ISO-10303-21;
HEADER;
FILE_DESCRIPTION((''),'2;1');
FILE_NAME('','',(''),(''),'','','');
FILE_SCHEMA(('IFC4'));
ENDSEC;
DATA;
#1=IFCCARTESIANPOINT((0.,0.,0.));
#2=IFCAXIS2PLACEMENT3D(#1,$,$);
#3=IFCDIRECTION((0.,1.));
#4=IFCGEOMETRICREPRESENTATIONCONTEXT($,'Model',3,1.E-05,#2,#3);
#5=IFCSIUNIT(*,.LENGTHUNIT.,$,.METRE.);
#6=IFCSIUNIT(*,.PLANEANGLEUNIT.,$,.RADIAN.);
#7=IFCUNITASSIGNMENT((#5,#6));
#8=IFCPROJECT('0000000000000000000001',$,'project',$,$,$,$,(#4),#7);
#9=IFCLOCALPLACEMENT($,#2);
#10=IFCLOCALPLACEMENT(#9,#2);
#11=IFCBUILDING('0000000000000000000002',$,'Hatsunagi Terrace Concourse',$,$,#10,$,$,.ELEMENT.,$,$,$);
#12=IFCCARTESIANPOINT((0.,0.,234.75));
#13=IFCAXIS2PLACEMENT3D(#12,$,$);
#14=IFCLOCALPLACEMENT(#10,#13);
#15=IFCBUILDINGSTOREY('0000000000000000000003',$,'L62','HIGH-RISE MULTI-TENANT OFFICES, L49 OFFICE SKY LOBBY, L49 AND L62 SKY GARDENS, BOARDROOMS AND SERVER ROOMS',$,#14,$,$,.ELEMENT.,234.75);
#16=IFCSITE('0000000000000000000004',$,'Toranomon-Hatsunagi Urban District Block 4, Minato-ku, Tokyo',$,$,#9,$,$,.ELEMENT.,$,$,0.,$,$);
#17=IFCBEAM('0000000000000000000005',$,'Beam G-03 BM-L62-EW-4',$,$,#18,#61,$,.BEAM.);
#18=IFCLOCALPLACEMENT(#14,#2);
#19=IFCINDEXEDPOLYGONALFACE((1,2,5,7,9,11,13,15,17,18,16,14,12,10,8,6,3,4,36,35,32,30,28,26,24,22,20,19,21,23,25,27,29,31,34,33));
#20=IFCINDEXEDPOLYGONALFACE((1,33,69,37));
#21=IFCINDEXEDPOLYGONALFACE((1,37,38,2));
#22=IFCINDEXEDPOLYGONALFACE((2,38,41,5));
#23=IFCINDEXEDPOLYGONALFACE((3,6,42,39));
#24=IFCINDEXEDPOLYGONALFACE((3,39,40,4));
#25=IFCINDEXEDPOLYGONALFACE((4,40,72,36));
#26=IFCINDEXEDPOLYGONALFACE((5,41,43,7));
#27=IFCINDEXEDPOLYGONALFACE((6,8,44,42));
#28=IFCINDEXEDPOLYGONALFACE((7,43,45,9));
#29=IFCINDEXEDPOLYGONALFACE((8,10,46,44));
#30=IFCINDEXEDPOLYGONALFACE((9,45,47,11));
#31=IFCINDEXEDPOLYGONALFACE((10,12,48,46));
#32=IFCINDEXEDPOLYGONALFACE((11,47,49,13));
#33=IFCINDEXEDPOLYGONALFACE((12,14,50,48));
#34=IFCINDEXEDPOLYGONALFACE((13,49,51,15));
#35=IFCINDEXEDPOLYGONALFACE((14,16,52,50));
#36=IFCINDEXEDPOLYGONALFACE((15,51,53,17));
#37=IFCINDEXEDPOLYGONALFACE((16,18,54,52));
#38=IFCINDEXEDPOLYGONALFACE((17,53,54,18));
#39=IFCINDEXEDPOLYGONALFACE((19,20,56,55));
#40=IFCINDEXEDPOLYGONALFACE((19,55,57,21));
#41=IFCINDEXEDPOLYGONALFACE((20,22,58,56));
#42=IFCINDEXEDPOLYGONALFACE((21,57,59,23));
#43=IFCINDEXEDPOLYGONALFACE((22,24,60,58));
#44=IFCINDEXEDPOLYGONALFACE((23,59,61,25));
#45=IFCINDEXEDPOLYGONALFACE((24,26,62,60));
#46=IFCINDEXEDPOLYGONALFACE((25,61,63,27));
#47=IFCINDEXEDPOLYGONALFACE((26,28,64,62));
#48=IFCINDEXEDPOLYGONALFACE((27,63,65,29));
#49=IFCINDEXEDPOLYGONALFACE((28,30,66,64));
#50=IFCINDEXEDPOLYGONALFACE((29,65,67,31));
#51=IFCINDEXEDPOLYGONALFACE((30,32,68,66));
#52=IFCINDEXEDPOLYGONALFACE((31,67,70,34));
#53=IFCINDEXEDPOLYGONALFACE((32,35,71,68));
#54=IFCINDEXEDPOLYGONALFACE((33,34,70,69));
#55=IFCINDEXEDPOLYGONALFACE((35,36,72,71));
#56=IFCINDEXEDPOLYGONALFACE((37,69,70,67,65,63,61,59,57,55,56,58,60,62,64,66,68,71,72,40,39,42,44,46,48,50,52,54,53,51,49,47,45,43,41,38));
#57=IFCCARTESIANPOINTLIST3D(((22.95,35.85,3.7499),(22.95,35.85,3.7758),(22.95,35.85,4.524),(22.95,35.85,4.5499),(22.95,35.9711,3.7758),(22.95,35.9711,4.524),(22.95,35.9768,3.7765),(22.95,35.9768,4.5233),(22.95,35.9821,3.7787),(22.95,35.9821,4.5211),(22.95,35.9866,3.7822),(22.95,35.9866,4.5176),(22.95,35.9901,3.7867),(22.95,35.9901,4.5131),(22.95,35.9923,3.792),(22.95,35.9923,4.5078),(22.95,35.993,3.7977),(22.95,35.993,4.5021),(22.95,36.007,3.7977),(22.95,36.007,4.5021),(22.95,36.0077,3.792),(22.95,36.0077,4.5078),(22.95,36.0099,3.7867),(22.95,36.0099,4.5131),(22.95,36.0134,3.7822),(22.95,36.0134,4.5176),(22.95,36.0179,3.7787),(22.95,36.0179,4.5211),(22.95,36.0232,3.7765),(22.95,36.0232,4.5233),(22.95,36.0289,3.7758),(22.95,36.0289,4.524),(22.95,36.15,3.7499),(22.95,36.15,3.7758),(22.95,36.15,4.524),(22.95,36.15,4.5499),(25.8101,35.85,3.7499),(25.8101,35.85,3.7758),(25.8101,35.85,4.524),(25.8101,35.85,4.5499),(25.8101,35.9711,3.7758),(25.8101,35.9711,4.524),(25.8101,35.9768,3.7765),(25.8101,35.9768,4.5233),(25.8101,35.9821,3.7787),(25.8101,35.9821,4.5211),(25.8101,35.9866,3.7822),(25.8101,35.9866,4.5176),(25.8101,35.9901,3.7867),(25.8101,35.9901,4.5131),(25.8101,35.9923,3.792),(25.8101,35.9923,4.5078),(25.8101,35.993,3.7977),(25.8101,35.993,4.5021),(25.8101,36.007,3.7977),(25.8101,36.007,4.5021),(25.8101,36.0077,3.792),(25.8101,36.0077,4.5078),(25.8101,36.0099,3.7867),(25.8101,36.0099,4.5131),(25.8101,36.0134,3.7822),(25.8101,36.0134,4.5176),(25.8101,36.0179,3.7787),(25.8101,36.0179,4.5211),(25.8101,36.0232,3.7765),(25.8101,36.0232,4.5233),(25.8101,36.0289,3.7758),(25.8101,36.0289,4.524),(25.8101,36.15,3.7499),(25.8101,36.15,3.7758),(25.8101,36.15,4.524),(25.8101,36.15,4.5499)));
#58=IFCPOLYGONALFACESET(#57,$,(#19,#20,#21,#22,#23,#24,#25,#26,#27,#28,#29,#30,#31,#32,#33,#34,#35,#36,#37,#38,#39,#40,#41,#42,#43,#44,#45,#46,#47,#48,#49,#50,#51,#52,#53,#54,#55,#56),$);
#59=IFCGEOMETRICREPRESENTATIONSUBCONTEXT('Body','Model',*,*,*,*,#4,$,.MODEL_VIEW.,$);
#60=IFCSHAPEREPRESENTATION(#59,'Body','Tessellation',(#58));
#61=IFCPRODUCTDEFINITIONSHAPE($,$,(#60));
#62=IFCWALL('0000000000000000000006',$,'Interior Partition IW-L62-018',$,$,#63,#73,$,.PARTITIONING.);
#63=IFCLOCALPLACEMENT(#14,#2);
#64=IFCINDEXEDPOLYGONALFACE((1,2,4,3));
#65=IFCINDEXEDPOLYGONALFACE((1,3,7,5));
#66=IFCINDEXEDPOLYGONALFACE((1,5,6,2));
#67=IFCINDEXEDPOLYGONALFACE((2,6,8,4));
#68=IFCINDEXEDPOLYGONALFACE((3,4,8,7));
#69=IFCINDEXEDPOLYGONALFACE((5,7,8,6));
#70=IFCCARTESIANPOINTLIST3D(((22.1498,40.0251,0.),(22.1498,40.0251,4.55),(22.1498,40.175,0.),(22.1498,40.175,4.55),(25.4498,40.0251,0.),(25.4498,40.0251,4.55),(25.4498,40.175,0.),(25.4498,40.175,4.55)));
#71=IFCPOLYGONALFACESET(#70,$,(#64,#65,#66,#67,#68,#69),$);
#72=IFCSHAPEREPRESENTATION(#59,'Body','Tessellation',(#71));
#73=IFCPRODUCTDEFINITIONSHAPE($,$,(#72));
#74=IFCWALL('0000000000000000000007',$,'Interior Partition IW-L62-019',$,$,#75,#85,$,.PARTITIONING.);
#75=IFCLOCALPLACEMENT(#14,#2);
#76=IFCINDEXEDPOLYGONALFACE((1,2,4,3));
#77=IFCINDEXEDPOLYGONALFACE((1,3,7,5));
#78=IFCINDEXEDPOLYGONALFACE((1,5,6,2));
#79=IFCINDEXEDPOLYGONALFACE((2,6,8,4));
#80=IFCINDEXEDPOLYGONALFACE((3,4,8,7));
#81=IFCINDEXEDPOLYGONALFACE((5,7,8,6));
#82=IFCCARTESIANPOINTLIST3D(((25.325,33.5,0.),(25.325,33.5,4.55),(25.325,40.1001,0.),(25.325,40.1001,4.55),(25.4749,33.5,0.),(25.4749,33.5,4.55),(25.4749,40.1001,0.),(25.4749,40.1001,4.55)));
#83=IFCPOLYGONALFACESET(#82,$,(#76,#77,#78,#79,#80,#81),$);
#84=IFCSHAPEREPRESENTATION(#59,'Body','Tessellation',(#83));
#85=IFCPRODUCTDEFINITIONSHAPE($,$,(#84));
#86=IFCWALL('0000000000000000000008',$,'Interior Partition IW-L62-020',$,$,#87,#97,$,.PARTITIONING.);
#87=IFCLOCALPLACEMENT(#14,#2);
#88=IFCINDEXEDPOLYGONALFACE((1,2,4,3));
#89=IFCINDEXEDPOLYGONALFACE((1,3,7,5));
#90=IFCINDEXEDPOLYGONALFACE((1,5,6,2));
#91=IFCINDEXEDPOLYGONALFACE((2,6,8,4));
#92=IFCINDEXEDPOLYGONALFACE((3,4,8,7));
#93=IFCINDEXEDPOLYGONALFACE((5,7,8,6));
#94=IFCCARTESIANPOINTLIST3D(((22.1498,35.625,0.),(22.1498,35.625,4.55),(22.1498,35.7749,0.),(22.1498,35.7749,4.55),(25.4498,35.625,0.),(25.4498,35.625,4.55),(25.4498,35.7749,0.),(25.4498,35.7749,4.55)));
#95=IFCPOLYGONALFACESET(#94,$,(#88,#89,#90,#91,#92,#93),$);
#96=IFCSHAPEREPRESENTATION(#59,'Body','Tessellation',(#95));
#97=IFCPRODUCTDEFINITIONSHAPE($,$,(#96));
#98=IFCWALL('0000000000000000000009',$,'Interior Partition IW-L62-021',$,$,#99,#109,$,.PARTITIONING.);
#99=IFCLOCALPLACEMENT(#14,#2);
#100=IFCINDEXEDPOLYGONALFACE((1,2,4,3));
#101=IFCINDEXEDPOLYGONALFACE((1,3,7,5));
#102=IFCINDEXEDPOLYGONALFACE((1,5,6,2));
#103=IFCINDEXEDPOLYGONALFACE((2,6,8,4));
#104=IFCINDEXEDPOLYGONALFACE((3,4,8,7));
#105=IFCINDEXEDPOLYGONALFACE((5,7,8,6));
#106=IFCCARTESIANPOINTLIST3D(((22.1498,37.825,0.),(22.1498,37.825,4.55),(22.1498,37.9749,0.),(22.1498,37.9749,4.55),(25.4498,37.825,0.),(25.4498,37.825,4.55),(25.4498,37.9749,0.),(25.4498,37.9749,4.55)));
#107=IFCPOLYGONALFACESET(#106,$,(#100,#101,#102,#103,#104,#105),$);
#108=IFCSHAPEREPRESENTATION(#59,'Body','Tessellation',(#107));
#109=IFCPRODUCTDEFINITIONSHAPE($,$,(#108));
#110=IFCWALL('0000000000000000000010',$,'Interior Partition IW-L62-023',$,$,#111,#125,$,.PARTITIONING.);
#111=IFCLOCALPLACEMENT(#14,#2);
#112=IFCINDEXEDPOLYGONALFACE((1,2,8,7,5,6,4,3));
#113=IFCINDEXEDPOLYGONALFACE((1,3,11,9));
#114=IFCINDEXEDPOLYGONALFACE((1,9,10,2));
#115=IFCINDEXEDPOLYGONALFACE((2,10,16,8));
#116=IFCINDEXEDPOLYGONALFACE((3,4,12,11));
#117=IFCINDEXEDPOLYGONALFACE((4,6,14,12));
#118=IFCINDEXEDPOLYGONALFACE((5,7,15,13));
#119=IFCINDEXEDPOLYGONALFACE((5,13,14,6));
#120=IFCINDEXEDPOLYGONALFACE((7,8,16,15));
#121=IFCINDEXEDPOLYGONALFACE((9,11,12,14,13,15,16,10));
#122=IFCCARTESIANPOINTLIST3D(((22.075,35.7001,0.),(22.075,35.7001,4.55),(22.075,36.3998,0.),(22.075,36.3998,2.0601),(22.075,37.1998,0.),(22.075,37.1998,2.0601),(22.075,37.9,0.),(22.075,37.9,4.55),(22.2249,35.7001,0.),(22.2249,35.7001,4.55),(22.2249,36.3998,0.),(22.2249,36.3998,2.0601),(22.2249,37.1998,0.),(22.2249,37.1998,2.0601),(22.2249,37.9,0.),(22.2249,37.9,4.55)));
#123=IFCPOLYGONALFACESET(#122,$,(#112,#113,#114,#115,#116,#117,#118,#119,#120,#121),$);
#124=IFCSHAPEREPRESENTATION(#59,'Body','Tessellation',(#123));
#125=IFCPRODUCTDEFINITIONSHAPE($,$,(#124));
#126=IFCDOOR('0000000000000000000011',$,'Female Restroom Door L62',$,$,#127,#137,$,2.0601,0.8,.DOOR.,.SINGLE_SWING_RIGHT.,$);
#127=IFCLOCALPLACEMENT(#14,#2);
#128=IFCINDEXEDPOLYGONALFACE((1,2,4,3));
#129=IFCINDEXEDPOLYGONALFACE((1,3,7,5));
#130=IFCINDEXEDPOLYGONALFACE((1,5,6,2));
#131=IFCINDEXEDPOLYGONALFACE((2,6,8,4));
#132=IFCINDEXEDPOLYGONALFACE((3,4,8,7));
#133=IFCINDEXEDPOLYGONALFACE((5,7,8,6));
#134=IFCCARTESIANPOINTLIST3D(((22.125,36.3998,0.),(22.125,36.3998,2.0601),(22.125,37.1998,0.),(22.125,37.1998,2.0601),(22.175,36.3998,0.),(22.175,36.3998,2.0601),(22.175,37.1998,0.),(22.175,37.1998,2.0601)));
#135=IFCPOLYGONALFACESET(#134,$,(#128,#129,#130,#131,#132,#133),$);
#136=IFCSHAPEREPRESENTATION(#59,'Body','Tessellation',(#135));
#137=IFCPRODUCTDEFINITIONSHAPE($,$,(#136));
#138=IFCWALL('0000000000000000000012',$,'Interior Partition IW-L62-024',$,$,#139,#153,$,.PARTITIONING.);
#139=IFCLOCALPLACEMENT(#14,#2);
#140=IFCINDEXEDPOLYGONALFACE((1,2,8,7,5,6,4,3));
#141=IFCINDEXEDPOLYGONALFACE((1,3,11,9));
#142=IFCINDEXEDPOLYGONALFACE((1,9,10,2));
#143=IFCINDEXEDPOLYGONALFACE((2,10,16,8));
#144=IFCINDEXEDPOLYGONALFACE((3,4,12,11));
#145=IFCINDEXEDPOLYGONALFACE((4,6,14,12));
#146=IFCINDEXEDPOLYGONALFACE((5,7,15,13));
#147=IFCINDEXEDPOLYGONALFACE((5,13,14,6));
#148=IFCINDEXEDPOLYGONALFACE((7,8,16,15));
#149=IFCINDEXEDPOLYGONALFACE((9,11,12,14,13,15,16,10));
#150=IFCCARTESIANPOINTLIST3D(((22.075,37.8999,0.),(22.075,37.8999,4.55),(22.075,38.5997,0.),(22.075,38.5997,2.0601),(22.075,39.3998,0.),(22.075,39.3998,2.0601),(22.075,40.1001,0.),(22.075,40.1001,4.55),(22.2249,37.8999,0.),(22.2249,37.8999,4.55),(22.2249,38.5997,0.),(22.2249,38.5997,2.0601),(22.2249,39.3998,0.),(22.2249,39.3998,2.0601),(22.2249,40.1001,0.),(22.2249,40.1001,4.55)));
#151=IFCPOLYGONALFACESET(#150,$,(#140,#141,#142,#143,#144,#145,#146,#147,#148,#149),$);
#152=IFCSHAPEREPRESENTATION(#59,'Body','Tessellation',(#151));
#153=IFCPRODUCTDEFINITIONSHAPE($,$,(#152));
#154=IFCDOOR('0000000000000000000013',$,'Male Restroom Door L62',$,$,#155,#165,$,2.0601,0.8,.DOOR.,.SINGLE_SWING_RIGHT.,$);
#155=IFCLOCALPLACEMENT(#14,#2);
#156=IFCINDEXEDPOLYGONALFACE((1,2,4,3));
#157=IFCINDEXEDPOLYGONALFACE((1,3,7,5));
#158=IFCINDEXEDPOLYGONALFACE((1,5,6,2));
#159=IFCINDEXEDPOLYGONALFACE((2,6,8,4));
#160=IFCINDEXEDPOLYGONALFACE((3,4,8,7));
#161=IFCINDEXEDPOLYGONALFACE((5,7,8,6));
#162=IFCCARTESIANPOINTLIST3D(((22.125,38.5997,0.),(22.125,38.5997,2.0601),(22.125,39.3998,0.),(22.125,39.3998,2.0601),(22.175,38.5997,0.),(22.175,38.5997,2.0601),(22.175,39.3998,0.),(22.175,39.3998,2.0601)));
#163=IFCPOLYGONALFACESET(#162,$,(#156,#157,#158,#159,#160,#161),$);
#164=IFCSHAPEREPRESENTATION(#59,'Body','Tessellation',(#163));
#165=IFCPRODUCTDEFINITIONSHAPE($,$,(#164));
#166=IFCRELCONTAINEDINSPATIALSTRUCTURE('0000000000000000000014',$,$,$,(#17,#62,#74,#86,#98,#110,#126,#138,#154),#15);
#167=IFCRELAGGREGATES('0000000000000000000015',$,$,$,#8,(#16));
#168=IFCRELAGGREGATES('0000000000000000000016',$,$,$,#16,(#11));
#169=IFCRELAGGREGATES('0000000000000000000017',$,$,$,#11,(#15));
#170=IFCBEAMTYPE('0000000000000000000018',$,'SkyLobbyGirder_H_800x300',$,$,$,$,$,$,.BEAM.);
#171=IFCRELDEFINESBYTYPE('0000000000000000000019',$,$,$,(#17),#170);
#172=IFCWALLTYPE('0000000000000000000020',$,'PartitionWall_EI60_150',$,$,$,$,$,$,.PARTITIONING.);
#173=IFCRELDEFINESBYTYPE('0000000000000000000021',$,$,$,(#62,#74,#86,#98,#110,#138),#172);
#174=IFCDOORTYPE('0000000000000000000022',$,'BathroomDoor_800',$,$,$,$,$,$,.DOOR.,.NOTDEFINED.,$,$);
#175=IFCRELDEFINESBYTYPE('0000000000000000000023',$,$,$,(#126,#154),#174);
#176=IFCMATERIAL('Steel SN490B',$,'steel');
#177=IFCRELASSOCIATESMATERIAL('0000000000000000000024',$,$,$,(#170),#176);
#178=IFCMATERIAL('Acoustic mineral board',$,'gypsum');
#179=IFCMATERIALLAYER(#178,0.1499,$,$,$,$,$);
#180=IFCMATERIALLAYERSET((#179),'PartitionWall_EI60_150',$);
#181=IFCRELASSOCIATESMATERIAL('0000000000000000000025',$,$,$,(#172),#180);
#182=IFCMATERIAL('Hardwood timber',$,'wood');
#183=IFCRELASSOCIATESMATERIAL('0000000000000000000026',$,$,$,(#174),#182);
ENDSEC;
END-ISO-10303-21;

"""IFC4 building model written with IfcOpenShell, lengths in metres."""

from ifc_helpers import new_model, si_unit, direction, frame, frame_2d, origin, origin_2d, place, context, subcontext, project, spatial, rectangle, i_section, extrude, material, layer, layer_set, material_profile, profile_set, type_object, element, fill, save


model = new_model("IFC4")

# Units and contexts
model_context = context("Model", 3, precision=1e-05, world=origin(), true_north=direction((0.0, 1.0)))
body_context = subcontext(model_context, "Body", "Model", "MODEL_VIEW")
ifc_project = project(units=[si_unit("LENGTHUNIT", "METRE"), si_unit("PLANEANGLEUNIT", "RADIAN")], contexts=[model_context])

# Site, building, storey
site_placement = place(None, origin())
site = spatial("IfcSite", under=ifc_project, at=site_placement, Name="Toranomon-Hatsunagi Urban District Block 4, Minato-ku, Tokyo", CompositionType="ELEMENT", RefElevation=0.0)
building_placement = place(site_placement, origin())
building = spatial("IfcBuilding", under=site, at=building_placement, Name="Hatsunagi Terrace Concourse", CompositionType="ELEMENT")
storey_placement = place(building_placement, frame((0.0, 0.0, 234.75)))
storey = spatial("IfcBuildingStorey", under=building, at=storey_placement, Name="L62", Description="HIGH-RISE MULTI-TENANT OFFICES, L49 OFFICE SKY LOBBY, L49 AND L62 SKY GARDENS, BOARDROOMS AND SERVER ROOMS", CompositionType="ELEMENT", Elevation=234.75)

# Beam
ifc_material_1 = material(Name="Steel SN490B", Category="steel")
ifc_material_profile = material_profile(ifc_material_1, i_section(OverallWidth=0.3, OverallDepth=0.8, WebThickness=0.0139, FlangeThickness=0.0259, FilletRadius=0.022, at=origin_2d()), Name="H-800x300x14x26")
ifc_profile_set = profile_set([ifc_material_profile], Name="Steel SN490B")
beam_type = type_object("IfcBeamType", Name="SkyLobbyGirder_H_800x300", PredefinedType="BEAM", material=ifc_profile_set)
beam_placement = place(storey_placement, frame((22.95, 36.0, 4.1499), z_axis=(1.0, 0.0, 0.0), x_axis=(0.0, 1.0, 0.0)))
element("IfcBeam", 1, at=beam_placement, inside=storey, type_object=beam_type, Name="Beam G-03 BM-L62-EW-4", PredefinedType="BEAM", context=body_context, shape_type="SweptSolid", body=[
    extrude(i_section(OverallWidth=0.3, OverallDepth=0.8, WebThickness=0.0139, FlangeThickness=0.0259, FilletRadius=0.022, at=origin_2d()), origin(), (0.0, 0.0, 1.0), 2.8601),
])

# Walls
ifc_material_2 = material(Name="Acoustic mineral board", Category="gypsum")
ifc_layer_1 = layer(ifc_material_2, 0.1499)
ifc_layer_set_1 = layer_set([ifc_layer_1], Name="PartitionWall_EI60_150")
wall_type_1 = type_object("IfcWallType", Name="PartitionWall_EI60_150", PredefinedType="PARTITIONING", material=ifc_layer_set_1)
wall_1_placement = place(storey_placement, frame((22.1499, 40.1001, 0.0), z_axis=(0.0, 0.0, 1.0), x_axis=(1.0, 0.0, 0.0)))
element("IfcWall", 2, at=wall_1_placement, inside=storey, type_object=wall_type_1, Name="Interior Partition IW-L62-018", PredefinedType="PARTITIONING", context=body_context, shape_type="SweptSolid", body=[
    extrude(rectangle(XDim=3.3, YDim=0.1499, at=frame_2d((1.6499, 0.0))), origin(), (0.0, 0.0, 1.0), 4.55),
])
wall_2_placement = place(storey_placement, frame((25.3999, 33.5, 0.0), z_axis=(0.0, 0.0, 1.0), x_axis=(0.0, 1.0, 0.0)))
element("IfcWall", 3, at=wall_2_placement, inside=storey, type_object=wall_type_1, Name="Interior Partition IW-L62-019", PredefinedType="PARTITIONING", context=body_context, shape_type="SweptSolid", body=[
    extrude(rectangle(XDim=6.6001, YDim=0.1499, at=frame_2d((3.3, 0.0))), origin(), (0.0, 0.0, 1.0), 4.55),
])
for number, where, z_axis, x_axis, name in (
    (4, (22.1499, 35.7, 0.0), (0.0, 0.0, 1.0), (1.0, 0.0, 0.0), "Interior Partition IW-L62-020"),
    (5, (22.1499, 37.8999, 0.0), (0.0, 0.0, 1.0), (1.0, 0.0, 0.0), "Interior Partition IW-L62-021"),
):
    element("IfcWall", number, at=place(storey_placement, frame(where, z_axis=z_axis, x_axis=x_axis)), inside=storey, type_object=wall_type_1, Name=name, PredefinedType="PARTITIONING", context=body_context, shape_type="SweptSolid", body=[
        extrude(rectangle(XDim=3.3, YDim=0.1499, at=frame_2d((1.6499, 0.0))), origin(), (0.0, 0.0, 1.0), 4.55),
    ])

# Walls, openings, doors
wall_3_placement = place(storey_placement, frame((22.1499, 35.7, 0.0), z_axis=(0.0, 0.0, 1.0), x_axis=(0.0, 1.0, 0.0)))
wall_3 = element("IfcWall", 6, at=wall_3_placement, inside=storey, type_object=wall_type_1, Name="Interior Partition IW-L62-023", PredefinedType="PARTITIONING", context=body_context, shape_type="SweptSolid", body=[
    extrude(rectangle(XDim=2.2, YDim=0.1499, at=frame_2d((1.1001, 0.0))), origin(), (0.0, 0.0, 1.0), 4.55),
])
opening_1_placement = place(wall_3_placement, frame((0.7, 0.0, 0.0)))
opening_1 = element("IfcOpeningElement", 7, at=opening_1_placement, cuts=wall_3, PredefinedType="OPENING", context=body_context, shape_type="SweptSolid", body=[
    extrude(rectangle(XDim=0.8, YDim=2.0601, at=frame_2d((0.3999, 1.03))), frame((0.0, 0.085, 0.0), z_axis=(0.0, -1.0, 0.0), x_axis=(1.0, 0.0, 0.0)), (0.0, 0.0, 1.0), 0.1699),
])
ifc_material_3 = material(Name="Hardwood timber", Category="wood")
door_type_1 = type_object("IfcDoorType", Name="BathroomDoor_800", OperationType="NOTDEFINED", PredefinedType="DOOR", material=ifc_material_3)
door_1_placement = place(opening_1_placement, origin())
door_1 = element("IfcDoor", 8, at=door_1_placement, inside=storey, type_object=door_type_1, Name="Female Restroom Door L62", OperationType="SINGLE_SWING_RIGHT", OverallHeight=2.0601, OverallWidth=0.8, PredefinedType="DOOR", context=body_context, shape_type="SweptSolid", body=[
    extrude(rectangle(XDim=0.8, YDim=2.0601, at=frame_2d((0.3999, 1.03))), frame((0.0, 0.0249, 0.0), z_axis=(0.0, -1.0, 0.0), x_axis=(1.0, 0.0, 0.0)), (0.0, 0.0, 1.0), 0.05),
])
fill(opening_1, door_1)
wall_4_placement = place(storey_placement, frame((22.1499, 37.8999, 0.0), z_axis=(0.0, 0.0, 1.0), x_axis=(0.0, 1.0, 0.0)))
wall_4 = element("IfcWall", 9, at=wall_4_placement, inside=storey, type_object=wall_type_1, Name="Interior Partition IW-L62-024", PredefinedType="PARTITIONING", context=body_context, shape_type="SweptSolid", body=[
    extrude(rectangle(XDim=2.2002, YDim=0.1499, at=frame_2d((1.1001, 0.0))), origin(), (0.0, 0.0, 1.0), 4.55),
])
opening_2_placement = place(wall_4_placement, frame((0.7, 0.0, 0.0)))
opening_2 = element("IfcOpeningElement", 10, at=opening_2_placement, cuts=wall_4, PredefinedType="OPENING", context=body_context, shape_type="SweptSolid", body=[
    extrude(rectangle(XDim=0.8, YDim=2.0601, at=frame_2d((0.3999, 1.03))), frame((0.0, 0.085, 0.0), z_axis=(0.0, -1.0, 0.0), x_axis=(1.0, 0.0, 0.0)), (0.0, 0.0, 1.0), 0.1699),
])
door_2_placement = place(opening_2_placement, origin())
door_2 = element("IfcDoor", 11, at=door_2_placement, inside=storey, type_object=door_type_1, Name="Male Restroom Door L62", OperationType="SINGLE_SWING_RIGHT", OverallHeight=2.0601, OverallWidth=0.8, PredefinedType="DOOR", context=body_context, shape_type="SweptSolid", body=[
    extrude(rectangle(XDim=0.8, YDim=2.0601, at=frame_2d((0.3999, 1.03))), frame((0.0, 0.0249, 0.0), z_axis=(0.0, -1.0, 0.0), x_axis=(1.0, 0.0, 0.0)), (0.0, 0.0, 1.0), 0.05),
])
fill(opening_2, door_2)

save(model, "model.ifc")
